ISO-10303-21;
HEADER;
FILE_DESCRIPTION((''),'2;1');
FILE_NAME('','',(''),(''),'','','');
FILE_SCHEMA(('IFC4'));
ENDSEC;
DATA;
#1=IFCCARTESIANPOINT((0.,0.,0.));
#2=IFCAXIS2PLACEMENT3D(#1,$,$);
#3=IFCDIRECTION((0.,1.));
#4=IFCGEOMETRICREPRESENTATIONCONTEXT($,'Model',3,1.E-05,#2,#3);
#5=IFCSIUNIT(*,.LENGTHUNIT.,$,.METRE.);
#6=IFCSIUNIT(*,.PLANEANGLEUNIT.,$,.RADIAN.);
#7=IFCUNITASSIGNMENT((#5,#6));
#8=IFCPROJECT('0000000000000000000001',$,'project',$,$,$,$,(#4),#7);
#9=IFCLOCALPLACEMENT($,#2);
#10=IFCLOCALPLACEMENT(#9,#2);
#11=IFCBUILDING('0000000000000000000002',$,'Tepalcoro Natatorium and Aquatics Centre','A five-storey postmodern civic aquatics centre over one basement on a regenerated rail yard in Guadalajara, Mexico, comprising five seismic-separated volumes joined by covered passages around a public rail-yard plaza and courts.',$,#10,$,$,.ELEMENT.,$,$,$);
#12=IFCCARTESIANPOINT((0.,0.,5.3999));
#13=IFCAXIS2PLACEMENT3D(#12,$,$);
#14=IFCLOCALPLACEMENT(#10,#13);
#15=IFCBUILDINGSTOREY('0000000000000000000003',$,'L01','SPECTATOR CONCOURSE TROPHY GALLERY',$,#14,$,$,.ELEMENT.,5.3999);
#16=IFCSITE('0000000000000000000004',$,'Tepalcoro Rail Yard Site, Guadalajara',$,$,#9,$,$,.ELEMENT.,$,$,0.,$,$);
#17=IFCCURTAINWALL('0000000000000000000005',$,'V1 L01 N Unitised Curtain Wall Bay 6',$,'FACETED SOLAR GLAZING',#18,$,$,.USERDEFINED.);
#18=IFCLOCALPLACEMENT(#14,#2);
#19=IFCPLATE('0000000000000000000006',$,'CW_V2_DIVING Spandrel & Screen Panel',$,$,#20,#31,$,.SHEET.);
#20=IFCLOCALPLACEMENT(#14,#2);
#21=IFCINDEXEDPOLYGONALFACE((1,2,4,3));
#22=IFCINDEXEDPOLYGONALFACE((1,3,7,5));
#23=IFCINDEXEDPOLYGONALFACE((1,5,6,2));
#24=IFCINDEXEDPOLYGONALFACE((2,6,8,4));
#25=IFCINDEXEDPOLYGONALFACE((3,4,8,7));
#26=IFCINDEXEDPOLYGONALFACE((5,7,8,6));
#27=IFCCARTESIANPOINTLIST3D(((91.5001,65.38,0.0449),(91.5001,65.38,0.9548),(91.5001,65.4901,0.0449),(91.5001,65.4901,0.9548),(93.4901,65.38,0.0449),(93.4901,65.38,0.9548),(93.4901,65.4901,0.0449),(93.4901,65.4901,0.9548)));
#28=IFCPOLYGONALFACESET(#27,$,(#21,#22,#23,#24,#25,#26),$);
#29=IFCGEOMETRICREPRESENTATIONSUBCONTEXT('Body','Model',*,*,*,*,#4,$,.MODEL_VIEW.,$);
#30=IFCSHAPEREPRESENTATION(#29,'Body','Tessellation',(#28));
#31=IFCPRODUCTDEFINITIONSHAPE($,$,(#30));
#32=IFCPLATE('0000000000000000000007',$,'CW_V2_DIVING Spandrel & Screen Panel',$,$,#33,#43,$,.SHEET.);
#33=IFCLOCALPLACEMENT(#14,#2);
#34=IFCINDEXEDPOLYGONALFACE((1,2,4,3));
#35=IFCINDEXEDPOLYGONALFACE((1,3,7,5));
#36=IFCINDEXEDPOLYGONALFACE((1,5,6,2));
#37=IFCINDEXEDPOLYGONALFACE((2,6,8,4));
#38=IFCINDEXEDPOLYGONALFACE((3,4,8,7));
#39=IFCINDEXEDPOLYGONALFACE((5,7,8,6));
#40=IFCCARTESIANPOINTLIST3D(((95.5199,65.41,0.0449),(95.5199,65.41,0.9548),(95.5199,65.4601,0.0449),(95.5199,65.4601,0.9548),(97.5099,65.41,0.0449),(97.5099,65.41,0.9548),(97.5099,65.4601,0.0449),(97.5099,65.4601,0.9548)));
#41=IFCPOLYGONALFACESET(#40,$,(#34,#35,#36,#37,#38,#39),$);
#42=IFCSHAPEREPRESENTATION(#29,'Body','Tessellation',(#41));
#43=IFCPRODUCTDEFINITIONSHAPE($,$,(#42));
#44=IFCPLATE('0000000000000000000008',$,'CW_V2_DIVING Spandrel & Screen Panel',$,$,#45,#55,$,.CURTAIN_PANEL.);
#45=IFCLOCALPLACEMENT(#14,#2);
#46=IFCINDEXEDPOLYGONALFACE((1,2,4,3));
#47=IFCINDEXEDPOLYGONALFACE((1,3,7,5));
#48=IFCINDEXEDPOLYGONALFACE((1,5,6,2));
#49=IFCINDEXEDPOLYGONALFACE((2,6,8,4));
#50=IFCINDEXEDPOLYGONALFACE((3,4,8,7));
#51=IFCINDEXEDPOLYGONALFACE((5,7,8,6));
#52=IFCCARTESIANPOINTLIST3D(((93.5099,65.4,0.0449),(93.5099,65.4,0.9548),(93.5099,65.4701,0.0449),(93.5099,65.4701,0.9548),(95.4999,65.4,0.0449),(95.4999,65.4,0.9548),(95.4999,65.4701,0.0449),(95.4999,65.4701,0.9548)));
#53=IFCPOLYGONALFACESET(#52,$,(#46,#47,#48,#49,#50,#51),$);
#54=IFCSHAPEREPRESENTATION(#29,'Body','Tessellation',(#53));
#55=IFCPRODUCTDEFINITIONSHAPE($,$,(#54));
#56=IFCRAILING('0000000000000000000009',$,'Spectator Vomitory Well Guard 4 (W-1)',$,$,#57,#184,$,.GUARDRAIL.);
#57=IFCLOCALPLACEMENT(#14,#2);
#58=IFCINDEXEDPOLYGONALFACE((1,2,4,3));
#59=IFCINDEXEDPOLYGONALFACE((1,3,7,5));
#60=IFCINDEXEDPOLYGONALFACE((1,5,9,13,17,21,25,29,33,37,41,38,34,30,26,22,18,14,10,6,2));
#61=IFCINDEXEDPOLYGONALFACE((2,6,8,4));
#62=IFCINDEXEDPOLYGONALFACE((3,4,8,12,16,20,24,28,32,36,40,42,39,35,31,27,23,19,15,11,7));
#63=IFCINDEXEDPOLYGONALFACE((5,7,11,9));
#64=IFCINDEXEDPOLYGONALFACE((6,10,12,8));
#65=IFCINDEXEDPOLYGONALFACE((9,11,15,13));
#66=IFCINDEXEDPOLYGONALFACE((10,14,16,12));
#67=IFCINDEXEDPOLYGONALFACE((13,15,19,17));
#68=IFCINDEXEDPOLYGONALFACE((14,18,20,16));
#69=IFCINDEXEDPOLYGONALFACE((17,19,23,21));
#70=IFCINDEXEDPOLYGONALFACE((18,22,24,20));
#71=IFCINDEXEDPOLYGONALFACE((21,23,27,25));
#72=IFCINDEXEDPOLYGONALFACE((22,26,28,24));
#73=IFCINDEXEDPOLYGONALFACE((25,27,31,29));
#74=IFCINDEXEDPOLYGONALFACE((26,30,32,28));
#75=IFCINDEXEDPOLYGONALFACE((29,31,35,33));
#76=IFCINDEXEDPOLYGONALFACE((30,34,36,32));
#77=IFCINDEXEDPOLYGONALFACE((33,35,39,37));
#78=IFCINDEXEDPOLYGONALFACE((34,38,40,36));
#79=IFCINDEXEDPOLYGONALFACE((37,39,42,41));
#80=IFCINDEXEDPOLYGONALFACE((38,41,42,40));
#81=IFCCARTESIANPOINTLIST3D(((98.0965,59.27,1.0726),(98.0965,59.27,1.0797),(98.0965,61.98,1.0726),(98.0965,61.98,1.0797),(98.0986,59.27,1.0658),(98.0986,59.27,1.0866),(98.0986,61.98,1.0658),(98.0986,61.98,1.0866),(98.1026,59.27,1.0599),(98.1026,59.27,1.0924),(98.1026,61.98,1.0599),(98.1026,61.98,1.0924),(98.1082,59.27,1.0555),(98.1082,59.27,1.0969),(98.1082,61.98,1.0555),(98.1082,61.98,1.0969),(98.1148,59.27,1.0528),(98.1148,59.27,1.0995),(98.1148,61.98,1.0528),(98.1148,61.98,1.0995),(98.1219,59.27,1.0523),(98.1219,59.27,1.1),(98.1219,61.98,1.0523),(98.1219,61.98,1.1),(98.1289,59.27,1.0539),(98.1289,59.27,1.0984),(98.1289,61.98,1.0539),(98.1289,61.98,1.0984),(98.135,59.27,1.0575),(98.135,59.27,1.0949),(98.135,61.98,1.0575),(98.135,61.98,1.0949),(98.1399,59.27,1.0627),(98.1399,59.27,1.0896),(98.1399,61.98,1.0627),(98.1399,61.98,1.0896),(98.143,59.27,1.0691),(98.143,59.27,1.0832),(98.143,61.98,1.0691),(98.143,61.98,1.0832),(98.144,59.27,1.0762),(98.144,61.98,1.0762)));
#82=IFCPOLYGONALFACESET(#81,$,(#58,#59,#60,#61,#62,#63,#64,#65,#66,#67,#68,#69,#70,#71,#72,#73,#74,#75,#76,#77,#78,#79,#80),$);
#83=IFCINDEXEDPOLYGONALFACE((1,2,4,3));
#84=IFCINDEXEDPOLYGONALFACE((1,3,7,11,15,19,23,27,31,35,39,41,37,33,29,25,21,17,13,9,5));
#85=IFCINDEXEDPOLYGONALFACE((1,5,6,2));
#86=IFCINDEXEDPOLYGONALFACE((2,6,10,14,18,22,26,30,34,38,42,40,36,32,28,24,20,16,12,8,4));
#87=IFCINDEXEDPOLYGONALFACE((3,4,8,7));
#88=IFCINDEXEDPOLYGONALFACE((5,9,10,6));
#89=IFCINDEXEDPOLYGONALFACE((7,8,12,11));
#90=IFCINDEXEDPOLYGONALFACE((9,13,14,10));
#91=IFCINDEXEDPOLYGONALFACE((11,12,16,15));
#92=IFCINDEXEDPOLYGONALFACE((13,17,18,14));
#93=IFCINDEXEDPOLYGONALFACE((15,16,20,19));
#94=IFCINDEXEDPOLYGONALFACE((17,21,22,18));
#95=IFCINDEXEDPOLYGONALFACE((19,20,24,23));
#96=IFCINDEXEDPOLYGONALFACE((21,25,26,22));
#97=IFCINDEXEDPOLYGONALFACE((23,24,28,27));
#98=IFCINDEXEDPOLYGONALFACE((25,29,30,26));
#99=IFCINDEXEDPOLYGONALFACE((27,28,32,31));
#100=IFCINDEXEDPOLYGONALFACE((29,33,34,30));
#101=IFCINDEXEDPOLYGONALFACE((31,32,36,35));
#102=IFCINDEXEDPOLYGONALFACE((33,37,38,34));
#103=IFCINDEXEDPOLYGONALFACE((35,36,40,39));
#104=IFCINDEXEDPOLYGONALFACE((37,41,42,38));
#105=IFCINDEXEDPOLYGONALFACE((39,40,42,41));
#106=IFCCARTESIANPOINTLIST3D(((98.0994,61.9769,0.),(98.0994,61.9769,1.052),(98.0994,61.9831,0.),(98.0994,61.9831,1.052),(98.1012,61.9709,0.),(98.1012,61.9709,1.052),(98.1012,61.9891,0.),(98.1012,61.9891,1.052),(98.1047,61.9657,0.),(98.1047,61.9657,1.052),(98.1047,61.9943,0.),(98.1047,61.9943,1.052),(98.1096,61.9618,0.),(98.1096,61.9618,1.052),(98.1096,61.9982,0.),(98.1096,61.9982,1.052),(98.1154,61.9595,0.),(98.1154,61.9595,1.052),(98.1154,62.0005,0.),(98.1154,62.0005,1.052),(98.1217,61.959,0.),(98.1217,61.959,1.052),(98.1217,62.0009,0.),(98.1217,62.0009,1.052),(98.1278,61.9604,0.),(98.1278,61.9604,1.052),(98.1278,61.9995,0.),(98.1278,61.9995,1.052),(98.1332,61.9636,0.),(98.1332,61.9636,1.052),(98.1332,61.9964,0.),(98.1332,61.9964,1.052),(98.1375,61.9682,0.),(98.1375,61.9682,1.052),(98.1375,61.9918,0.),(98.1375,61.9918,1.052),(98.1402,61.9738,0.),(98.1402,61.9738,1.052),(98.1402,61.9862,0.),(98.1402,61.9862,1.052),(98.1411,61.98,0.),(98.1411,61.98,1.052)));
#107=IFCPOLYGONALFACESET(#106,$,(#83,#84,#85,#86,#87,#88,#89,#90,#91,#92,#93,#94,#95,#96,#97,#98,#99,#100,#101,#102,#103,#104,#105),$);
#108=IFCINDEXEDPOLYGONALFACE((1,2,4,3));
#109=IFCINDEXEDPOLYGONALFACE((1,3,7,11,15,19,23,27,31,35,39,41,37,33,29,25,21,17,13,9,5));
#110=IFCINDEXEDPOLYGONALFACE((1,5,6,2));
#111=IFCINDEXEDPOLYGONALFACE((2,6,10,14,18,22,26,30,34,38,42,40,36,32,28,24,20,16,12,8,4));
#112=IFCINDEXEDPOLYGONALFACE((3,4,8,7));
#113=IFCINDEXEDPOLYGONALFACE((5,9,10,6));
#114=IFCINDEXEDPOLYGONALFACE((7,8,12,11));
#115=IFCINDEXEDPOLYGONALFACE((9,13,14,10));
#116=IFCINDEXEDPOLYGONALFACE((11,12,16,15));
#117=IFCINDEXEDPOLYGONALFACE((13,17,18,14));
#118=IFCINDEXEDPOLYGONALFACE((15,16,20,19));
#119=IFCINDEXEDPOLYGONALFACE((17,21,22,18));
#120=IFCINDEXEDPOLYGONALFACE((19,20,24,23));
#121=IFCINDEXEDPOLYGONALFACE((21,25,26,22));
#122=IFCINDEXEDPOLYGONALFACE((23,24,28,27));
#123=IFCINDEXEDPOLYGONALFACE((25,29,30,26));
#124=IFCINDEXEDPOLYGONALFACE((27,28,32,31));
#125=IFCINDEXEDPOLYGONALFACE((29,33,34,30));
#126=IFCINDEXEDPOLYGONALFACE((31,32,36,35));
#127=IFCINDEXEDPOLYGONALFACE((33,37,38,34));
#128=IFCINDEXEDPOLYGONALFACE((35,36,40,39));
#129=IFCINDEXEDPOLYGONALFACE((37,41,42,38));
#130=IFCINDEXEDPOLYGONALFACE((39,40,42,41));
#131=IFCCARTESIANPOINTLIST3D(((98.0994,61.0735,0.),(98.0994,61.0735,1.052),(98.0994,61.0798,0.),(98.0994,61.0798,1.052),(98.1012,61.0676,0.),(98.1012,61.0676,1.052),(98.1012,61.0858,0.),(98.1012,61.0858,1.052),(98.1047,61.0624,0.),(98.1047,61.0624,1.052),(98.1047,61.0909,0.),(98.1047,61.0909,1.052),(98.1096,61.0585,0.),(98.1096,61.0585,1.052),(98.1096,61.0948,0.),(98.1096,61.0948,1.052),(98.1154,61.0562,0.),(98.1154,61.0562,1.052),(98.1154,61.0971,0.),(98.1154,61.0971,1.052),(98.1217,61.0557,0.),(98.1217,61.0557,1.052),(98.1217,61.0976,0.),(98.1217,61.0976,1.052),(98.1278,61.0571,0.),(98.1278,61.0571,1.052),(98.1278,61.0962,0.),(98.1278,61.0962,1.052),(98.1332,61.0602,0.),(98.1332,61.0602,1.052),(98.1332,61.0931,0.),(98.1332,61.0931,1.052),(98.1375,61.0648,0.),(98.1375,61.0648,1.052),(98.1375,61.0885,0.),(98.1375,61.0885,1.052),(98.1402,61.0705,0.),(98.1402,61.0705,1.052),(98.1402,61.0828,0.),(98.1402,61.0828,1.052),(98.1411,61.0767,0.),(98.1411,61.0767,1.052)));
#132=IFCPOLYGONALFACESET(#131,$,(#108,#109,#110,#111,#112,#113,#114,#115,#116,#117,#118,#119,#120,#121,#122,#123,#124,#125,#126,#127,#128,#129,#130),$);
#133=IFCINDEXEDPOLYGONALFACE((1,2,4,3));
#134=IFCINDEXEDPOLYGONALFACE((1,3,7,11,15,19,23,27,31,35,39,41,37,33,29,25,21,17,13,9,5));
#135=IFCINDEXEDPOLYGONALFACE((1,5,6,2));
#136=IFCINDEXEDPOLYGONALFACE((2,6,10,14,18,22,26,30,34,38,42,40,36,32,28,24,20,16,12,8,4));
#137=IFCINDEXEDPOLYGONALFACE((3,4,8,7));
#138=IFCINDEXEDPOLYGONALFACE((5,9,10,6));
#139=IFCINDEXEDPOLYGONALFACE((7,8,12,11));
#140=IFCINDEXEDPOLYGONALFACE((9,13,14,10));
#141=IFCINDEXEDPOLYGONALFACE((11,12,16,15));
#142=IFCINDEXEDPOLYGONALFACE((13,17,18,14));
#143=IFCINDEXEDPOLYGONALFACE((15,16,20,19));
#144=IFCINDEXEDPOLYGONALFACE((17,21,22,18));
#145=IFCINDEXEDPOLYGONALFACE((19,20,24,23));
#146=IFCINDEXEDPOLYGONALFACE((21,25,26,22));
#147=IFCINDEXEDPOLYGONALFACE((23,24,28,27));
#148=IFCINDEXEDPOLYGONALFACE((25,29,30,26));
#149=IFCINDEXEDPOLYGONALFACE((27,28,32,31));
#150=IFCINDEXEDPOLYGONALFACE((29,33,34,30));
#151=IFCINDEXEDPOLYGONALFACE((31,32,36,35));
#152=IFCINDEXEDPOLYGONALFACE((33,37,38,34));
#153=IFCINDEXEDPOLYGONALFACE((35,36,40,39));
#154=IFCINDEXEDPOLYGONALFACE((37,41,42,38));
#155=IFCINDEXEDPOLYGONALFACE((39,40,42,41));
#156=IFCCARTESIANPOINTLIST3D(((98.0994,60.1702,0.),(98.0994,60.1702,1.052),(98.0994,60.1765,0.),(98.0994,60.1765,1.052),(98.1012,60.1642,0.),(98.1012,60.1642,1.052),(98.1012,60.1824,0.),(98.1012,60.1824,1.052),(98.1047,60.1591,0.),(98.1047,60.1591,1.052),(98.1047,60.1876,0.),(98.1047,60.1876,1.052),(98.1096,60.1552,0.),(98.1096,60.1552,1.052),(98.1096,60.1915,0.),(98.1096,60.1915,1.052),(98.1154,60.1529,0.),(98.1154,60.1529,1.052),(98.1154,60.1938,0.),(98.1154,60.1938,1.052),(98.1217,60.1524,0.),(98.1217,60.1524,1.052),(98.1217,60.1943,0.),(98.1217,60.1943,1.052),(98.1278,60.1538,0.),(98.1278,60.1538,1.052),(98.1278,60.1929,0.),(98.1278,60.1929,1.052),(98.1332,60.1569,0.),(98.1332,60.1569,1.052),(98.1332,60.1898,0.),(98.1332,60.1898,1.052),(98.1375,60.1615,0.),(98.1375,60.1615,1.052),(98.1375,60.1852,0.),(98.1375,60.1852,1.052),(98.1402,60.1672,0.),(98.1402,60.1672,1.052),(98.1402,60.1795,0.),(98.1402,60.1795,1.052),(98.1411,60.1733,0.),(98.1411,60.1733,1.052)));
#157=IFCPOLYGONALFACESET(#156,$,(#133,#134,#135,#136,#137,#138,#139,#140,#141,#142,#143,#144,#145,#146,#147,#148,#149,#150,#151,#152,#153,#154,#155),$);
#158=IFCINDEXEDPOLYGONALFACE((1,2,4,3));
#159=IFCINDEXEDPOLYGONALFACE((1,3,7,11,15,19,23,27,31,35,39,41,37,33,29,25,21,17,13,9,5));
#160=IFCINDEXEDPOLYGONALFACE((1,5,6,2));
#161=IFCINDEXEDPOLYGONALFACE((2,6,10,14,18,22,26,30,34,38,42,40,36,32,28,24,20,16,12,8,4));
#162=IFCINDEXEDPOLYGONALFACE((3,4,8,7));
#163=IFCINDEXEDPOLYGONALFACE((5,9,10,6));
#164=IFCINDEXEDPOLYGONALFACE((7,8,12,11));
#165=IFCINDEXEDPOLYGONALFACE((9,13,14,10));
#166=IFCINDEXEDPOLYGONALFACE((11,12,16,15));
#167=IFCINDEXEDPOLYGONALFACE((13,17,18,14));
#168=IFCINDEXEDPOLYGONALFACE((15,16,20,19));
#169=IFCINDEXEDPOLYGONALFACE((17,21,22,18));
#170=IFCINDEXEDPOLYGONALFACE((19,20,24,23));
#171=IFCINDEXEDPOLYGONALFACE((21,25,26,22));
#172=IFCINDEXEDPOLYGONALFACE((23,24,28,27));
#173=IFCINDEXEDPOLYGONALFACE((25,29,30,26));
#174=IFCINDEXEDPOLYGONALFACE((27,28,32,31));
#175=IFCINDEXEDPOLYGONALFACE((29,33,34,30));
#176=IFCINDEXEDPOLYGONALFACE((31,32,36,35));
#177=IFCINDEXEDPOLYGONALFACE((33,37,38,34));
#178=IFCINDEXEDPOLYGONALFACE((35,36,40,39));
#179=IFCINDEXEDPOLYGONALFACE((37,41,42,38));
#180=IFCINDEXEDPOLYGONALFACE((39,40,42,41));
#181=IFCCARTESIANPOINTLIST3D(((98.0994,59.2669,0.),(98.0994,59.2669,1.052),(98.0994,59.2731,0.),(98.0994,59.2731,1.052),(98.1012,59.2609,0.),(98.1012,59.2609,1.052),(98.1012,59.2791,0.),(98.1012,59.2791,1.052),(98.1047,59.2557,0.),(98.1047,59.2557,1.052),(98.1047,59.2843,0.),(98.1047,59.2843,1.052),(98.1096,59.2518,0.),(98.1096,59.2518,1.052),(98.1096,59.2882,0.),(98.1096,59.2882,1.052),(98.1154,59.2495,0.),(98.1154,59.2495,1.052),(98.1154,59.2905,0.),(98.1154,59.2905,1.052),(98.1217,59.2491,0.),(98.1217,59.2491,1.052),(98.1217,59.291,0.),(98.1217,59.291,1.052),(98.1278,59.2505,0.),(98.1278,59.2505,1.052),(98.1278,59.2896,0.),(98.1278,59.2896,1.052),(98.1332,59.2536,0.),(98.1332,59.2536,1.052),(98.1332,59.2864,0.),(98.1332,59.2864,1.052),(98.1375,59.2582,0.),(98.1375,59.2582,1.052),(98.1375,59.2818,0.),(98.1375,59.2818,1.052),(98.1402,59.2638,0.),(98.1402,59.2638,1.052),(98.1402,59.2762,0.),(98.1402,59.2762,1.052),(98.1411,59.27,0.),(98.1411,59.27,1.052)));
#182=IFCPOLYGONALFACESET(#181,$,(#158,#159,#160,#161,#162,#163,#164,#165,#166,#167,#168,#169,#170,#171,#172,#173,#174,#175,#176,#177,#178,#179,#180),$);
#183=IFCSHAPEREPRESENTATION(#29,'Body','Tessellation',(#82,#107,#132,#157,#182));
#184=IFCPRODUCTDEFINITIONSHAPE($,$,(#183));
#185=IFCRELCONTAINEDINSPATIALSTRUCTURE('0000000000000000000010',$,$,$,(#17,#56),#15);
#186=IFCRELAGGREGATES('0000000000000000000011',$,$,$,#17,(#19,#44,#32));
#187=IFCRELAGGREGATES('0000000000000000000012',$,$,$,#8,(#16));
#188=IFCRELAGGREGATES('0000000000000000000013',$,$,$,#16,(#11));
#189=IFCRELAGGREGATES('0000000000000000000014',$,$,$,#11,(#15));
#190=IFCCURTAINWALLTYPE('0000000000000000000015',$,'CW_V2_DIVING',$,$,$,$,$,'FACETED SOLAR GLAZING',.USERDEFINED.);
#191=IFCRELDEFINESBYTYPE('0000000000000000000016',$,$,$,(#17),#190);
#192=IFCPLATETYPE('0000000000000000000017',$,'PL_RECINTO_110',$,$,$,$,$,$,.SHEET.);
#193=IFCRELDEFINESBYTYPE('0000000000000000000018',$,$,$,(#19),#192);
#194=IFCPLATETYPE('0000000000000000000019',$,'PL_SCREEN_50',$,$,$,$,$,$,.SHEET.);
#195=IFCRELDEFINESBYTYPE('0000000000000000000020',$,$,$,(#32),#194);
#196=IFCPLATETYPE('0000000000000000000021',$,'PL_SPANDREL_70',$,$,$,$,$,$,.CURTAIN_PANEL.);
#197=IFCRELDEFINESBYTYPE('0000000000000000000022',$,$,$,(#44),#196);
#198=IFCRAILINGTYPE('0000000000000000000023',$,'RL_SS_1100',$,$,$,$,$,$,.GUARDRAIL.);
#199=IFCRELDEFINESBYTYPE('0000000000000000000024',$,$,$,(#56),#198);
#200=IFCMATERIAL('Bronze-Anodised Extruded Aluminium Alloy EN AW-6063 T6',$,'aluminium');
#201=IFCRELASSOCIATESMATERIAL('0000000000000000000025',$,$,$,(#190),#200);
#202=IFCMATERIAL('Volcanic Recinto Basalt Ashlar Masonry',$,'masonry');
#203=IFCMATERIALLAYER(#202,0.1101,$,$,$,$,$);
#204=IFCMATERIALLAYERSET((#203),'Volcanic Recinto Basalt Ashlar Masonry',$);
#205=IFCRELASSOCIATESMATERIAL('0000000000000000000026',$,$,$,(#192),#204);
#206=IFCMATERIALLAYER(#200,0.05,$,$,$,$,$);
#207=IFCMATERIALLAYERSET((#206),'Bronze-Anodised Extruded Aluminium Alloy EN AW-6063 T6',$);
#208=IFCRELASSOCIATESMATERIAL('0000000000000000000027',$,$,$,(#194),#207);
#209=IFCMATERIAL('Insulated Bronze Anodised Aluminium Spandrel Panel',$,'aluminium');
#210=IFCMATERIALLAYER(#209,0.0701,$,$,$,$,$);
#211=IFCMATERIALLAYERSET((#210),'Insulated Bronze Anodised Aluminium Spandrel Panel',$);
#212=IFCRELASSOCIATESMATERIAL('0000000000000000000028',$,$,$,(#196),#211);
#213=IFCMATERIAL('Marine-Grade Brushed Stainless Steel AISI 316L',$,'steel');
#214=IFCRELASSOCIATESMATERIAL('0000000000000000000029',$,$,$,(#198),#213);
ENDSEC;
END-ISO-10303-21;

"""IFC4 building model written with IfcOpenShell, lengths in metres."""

from ifc_helpers import new_model, si_unit, direction, frame, origin, origin_2d, place, context, subcontext, project, spatial, rectangle, circle, extrude, material, layer, layer_set, type_object, element, aggregate, save


model = new_model("IFC4")

# Units and contexts
model_context = context("Model", 3, precision=1e-05, world=origin(), true_north=direction((0.0, 1.0)))
body_context = subcontext(model_context, "Body", "Model", "MODEL_VIEW")
ifc_project = project(units=[si_unit("LENGTHUNIT", "METRE"), si_unit("PLANEANGLEUNIT", "RADIAN")], contexts=[model_context])

# Site, building, storey
site_placement = place(None, origin())
site = spatial("IfcSite", under=ifc_project, at=site_placement, Name="Tepalcoro Rail Yard Site, Guadalajara", CompositionType="ELEMENT", RefElevation=0.0)
building_placement = place(site_placement, origin())
building = spatial("IfcBuilding", under=site, at=building_placement, Name="Tepalcoro Natatorium and Aquatics Centre", Description="A five-storey postmodern civic aquatics centre over one basement on a regenerated rail yard in Guadalajara, Mexico, comprising five seismic-separated volumes joined by covered passages around a public rail-yard plaza and courts.", CompositionType="ELEMENT")
storey_placement = place(building_placement, frame((0.0, 0.0, 5.3999)))
storey = spatial("IfcBuildingStorey", under=building, at=storey_placement, Name="L01", Description="SPECTATOR CONCOURSE TROPHY GALLERY", CompositionType="ELEMENT", Elevation=5.3999)

# Curtain wall
ifc_material_1 = material(Name="Bronze-Anodised Extruded Aluminium Alloy EN AW-6063 T6", Category="aluminium")
curtain_wall_type_1 = type_object("IfcCurtainWallType", Name="CW_V2_DIVING", ElementType="FACETED SOLAR GLAZING", PredefinedType="USERDEFINED", material=ifc_material_1)
curtain_wall_1_placement = place(storey_placement, origin())
curtain_wall_1 = element("IfcCurtainWall", 1, at=curtain_wall_1_placement, inside=storey, type_object=curtain_wall_type_1, Name="V1 L01 N Unitised Curtain Wall Bay 6", ObjectType="FACETED SOLAR GLAZING", PredefinedType="USERDEFINED")

# Plates
ifc_material_2 = material(Name="Volcanic Recinto Basalt Ashlar Masonry", Category="masonry")
ifc_layer_1 = layer(ifc_material_2, 0.1101)
ifc_layer_set_1 = layer_set([ifc_layer_1], Name="Volcanic Recinto Basalt Ashlar Masonry")
plate_type_1 = type_object("IfcPlateType", Name="PL_RECINTO_110", PredefinedType="SHEET", material=ifc_layer_set_1)
plate_1_placement = place(storey_placement, frame((92.4951, 65.4351, 0.0449), z_axis=(0.0, 0.0, 1.0), x_axis=(1.0, 0.0, 0.0)))
plate_1 = element("IfcPlate", 2, at=plate_1_placement, type_object=plate_type_1, Name="CW_V2_DIVING Spandrel & Screen Panel", PredefinedType="SHEET", context=body_context, shape_type="SweptSolid", body=[
    extrude(rectangle(XDim=1.99, YDim=0.1101, at=origin_2d()), origin(), (0.0, 0.0, 1.0), 0.9099),
])
ifc_layer_2 = layer(ifc_material_1, 0.05)
ifc_layer_set_2 = layer_set([ifc_layer_2], Name="Bronze-Anodised Extruded Aluminium Alloy EN AW-6063 T6")
plate_type_2 = type_object("IfcPlateType", Name="PL_SCREEN_50", PredefinedType="SHEET", material=ifc_layer_set_2)
plate_2_placement = place(storey_placement, frame((96.5149, 65.4351, 0.0449), z_axis=(0.0, 0.0, 1.0), x_axis=(1.0, 0.0, 0.0)))
plate_2 = element("IfcPlate", 3, at=plate_2_placement, type_object=plate_type_2, Name="CW_V2_DIVING Spandrel & Screen Panel", PredefinedType="SHEET", context=body_context, shape_type="SweptSolid", body=[
    extrude(rectangle(XDim=1.99, YDim=0.05, at=origin_2d()), origin(), (0.0, 0.0, 1.0), 0.9099),
])
ifc_material_3 = material(Name="Insulated Bronze Anodised Aluminium Spandrel Panel", Category="aluminium")
ifc_layer_3 = layer(ifc_material_3, 0.0701)
ifc_layer_set_3 = layer_set([ifc_layer_3], Name="Insulated Bronze Anodised Aluminium Spandrel Panel")
plate_type_3 = type_object("IfcPlateType", Name="PL_SPANDREL_70", PredefinedType="CURTAIN_PANEL", material=ifc_layer_set_3)
plate_3_placement = place(storey_placement, frame((94.5049, 65.4351, 0.0449), z_axis=(0.0, 0.0, 1.0), x_axis=(1.0, 0.0, 0.0)))
plate_3 = element("IfcPlate", 4, at=plate_3_placement, type_object=plate_type_3, Name="CW_V2_DIVING Spandrel & Screen Panel", PredefinedType="CURTAIN_PANEL", context=body_context, shape_type="SweptSolid", body=[
    extrude(rectangle(XDim=1.99, YDim=0.0701, at=origin_2d()), origin(), (0.0, 0.0, 1.0), 0.9099),
])
aggregate(curtain_wall_1, [plate_1, plate_3, plate_2])

# Railing
ifc_material_4 = material(Name="Marine-Grade Brushed Stainless Steel AISI 316L", Category="steel")
railing_type = type_object("IfcRailingType", Name="RL_SS_1100", PredefinedType="GUARDRAIL", material=ifc_material_4)
railing_placement = place(storey_placement, frame((98.1201, 61.98, 0.0)))
element("IfcRailing", 5, at=railing_placement, inside=storey, type_object=railing_type, Name="Spectator Vomitory Well Guard 4 (W-1)", PredefinedType="GUARDRAIL", context=body_context, shape_type="SweptSolid", body=[
    extrude(circle(Radius=0.0239, at=origin_2d()), frame((0.0, 0.0, 1.0762), z_axis=(0.0, -1.0, 0.0), x_axis=(1.0, 0.0, 0.0)), (0.0, 0.0, 1.0), 2.71),
    extrude(circle(Radius=0.021, at=origin_2d()), origin(), (0.0, 0.0, 1.0), 1.052),
    extrude(circle(Radius=0.021, at=origin_2d()), frame((0.0, -0.9033, 0.0)), (0.0, 0.0, 1.0), 1.052),
    extrude(circle(Radius=0.021, at=origin_2d()), frame((0.0, -1.8066, 0.0)), (0.0, 0.0, 1.0), 1.052),
    extrude(circle(Radius=0.021, at=origin_2d()), frame((0.0, -2.71, 0.0)), (0.0, 0.0, 1.0), 1.052),
])

save(model, "model.ifc")
